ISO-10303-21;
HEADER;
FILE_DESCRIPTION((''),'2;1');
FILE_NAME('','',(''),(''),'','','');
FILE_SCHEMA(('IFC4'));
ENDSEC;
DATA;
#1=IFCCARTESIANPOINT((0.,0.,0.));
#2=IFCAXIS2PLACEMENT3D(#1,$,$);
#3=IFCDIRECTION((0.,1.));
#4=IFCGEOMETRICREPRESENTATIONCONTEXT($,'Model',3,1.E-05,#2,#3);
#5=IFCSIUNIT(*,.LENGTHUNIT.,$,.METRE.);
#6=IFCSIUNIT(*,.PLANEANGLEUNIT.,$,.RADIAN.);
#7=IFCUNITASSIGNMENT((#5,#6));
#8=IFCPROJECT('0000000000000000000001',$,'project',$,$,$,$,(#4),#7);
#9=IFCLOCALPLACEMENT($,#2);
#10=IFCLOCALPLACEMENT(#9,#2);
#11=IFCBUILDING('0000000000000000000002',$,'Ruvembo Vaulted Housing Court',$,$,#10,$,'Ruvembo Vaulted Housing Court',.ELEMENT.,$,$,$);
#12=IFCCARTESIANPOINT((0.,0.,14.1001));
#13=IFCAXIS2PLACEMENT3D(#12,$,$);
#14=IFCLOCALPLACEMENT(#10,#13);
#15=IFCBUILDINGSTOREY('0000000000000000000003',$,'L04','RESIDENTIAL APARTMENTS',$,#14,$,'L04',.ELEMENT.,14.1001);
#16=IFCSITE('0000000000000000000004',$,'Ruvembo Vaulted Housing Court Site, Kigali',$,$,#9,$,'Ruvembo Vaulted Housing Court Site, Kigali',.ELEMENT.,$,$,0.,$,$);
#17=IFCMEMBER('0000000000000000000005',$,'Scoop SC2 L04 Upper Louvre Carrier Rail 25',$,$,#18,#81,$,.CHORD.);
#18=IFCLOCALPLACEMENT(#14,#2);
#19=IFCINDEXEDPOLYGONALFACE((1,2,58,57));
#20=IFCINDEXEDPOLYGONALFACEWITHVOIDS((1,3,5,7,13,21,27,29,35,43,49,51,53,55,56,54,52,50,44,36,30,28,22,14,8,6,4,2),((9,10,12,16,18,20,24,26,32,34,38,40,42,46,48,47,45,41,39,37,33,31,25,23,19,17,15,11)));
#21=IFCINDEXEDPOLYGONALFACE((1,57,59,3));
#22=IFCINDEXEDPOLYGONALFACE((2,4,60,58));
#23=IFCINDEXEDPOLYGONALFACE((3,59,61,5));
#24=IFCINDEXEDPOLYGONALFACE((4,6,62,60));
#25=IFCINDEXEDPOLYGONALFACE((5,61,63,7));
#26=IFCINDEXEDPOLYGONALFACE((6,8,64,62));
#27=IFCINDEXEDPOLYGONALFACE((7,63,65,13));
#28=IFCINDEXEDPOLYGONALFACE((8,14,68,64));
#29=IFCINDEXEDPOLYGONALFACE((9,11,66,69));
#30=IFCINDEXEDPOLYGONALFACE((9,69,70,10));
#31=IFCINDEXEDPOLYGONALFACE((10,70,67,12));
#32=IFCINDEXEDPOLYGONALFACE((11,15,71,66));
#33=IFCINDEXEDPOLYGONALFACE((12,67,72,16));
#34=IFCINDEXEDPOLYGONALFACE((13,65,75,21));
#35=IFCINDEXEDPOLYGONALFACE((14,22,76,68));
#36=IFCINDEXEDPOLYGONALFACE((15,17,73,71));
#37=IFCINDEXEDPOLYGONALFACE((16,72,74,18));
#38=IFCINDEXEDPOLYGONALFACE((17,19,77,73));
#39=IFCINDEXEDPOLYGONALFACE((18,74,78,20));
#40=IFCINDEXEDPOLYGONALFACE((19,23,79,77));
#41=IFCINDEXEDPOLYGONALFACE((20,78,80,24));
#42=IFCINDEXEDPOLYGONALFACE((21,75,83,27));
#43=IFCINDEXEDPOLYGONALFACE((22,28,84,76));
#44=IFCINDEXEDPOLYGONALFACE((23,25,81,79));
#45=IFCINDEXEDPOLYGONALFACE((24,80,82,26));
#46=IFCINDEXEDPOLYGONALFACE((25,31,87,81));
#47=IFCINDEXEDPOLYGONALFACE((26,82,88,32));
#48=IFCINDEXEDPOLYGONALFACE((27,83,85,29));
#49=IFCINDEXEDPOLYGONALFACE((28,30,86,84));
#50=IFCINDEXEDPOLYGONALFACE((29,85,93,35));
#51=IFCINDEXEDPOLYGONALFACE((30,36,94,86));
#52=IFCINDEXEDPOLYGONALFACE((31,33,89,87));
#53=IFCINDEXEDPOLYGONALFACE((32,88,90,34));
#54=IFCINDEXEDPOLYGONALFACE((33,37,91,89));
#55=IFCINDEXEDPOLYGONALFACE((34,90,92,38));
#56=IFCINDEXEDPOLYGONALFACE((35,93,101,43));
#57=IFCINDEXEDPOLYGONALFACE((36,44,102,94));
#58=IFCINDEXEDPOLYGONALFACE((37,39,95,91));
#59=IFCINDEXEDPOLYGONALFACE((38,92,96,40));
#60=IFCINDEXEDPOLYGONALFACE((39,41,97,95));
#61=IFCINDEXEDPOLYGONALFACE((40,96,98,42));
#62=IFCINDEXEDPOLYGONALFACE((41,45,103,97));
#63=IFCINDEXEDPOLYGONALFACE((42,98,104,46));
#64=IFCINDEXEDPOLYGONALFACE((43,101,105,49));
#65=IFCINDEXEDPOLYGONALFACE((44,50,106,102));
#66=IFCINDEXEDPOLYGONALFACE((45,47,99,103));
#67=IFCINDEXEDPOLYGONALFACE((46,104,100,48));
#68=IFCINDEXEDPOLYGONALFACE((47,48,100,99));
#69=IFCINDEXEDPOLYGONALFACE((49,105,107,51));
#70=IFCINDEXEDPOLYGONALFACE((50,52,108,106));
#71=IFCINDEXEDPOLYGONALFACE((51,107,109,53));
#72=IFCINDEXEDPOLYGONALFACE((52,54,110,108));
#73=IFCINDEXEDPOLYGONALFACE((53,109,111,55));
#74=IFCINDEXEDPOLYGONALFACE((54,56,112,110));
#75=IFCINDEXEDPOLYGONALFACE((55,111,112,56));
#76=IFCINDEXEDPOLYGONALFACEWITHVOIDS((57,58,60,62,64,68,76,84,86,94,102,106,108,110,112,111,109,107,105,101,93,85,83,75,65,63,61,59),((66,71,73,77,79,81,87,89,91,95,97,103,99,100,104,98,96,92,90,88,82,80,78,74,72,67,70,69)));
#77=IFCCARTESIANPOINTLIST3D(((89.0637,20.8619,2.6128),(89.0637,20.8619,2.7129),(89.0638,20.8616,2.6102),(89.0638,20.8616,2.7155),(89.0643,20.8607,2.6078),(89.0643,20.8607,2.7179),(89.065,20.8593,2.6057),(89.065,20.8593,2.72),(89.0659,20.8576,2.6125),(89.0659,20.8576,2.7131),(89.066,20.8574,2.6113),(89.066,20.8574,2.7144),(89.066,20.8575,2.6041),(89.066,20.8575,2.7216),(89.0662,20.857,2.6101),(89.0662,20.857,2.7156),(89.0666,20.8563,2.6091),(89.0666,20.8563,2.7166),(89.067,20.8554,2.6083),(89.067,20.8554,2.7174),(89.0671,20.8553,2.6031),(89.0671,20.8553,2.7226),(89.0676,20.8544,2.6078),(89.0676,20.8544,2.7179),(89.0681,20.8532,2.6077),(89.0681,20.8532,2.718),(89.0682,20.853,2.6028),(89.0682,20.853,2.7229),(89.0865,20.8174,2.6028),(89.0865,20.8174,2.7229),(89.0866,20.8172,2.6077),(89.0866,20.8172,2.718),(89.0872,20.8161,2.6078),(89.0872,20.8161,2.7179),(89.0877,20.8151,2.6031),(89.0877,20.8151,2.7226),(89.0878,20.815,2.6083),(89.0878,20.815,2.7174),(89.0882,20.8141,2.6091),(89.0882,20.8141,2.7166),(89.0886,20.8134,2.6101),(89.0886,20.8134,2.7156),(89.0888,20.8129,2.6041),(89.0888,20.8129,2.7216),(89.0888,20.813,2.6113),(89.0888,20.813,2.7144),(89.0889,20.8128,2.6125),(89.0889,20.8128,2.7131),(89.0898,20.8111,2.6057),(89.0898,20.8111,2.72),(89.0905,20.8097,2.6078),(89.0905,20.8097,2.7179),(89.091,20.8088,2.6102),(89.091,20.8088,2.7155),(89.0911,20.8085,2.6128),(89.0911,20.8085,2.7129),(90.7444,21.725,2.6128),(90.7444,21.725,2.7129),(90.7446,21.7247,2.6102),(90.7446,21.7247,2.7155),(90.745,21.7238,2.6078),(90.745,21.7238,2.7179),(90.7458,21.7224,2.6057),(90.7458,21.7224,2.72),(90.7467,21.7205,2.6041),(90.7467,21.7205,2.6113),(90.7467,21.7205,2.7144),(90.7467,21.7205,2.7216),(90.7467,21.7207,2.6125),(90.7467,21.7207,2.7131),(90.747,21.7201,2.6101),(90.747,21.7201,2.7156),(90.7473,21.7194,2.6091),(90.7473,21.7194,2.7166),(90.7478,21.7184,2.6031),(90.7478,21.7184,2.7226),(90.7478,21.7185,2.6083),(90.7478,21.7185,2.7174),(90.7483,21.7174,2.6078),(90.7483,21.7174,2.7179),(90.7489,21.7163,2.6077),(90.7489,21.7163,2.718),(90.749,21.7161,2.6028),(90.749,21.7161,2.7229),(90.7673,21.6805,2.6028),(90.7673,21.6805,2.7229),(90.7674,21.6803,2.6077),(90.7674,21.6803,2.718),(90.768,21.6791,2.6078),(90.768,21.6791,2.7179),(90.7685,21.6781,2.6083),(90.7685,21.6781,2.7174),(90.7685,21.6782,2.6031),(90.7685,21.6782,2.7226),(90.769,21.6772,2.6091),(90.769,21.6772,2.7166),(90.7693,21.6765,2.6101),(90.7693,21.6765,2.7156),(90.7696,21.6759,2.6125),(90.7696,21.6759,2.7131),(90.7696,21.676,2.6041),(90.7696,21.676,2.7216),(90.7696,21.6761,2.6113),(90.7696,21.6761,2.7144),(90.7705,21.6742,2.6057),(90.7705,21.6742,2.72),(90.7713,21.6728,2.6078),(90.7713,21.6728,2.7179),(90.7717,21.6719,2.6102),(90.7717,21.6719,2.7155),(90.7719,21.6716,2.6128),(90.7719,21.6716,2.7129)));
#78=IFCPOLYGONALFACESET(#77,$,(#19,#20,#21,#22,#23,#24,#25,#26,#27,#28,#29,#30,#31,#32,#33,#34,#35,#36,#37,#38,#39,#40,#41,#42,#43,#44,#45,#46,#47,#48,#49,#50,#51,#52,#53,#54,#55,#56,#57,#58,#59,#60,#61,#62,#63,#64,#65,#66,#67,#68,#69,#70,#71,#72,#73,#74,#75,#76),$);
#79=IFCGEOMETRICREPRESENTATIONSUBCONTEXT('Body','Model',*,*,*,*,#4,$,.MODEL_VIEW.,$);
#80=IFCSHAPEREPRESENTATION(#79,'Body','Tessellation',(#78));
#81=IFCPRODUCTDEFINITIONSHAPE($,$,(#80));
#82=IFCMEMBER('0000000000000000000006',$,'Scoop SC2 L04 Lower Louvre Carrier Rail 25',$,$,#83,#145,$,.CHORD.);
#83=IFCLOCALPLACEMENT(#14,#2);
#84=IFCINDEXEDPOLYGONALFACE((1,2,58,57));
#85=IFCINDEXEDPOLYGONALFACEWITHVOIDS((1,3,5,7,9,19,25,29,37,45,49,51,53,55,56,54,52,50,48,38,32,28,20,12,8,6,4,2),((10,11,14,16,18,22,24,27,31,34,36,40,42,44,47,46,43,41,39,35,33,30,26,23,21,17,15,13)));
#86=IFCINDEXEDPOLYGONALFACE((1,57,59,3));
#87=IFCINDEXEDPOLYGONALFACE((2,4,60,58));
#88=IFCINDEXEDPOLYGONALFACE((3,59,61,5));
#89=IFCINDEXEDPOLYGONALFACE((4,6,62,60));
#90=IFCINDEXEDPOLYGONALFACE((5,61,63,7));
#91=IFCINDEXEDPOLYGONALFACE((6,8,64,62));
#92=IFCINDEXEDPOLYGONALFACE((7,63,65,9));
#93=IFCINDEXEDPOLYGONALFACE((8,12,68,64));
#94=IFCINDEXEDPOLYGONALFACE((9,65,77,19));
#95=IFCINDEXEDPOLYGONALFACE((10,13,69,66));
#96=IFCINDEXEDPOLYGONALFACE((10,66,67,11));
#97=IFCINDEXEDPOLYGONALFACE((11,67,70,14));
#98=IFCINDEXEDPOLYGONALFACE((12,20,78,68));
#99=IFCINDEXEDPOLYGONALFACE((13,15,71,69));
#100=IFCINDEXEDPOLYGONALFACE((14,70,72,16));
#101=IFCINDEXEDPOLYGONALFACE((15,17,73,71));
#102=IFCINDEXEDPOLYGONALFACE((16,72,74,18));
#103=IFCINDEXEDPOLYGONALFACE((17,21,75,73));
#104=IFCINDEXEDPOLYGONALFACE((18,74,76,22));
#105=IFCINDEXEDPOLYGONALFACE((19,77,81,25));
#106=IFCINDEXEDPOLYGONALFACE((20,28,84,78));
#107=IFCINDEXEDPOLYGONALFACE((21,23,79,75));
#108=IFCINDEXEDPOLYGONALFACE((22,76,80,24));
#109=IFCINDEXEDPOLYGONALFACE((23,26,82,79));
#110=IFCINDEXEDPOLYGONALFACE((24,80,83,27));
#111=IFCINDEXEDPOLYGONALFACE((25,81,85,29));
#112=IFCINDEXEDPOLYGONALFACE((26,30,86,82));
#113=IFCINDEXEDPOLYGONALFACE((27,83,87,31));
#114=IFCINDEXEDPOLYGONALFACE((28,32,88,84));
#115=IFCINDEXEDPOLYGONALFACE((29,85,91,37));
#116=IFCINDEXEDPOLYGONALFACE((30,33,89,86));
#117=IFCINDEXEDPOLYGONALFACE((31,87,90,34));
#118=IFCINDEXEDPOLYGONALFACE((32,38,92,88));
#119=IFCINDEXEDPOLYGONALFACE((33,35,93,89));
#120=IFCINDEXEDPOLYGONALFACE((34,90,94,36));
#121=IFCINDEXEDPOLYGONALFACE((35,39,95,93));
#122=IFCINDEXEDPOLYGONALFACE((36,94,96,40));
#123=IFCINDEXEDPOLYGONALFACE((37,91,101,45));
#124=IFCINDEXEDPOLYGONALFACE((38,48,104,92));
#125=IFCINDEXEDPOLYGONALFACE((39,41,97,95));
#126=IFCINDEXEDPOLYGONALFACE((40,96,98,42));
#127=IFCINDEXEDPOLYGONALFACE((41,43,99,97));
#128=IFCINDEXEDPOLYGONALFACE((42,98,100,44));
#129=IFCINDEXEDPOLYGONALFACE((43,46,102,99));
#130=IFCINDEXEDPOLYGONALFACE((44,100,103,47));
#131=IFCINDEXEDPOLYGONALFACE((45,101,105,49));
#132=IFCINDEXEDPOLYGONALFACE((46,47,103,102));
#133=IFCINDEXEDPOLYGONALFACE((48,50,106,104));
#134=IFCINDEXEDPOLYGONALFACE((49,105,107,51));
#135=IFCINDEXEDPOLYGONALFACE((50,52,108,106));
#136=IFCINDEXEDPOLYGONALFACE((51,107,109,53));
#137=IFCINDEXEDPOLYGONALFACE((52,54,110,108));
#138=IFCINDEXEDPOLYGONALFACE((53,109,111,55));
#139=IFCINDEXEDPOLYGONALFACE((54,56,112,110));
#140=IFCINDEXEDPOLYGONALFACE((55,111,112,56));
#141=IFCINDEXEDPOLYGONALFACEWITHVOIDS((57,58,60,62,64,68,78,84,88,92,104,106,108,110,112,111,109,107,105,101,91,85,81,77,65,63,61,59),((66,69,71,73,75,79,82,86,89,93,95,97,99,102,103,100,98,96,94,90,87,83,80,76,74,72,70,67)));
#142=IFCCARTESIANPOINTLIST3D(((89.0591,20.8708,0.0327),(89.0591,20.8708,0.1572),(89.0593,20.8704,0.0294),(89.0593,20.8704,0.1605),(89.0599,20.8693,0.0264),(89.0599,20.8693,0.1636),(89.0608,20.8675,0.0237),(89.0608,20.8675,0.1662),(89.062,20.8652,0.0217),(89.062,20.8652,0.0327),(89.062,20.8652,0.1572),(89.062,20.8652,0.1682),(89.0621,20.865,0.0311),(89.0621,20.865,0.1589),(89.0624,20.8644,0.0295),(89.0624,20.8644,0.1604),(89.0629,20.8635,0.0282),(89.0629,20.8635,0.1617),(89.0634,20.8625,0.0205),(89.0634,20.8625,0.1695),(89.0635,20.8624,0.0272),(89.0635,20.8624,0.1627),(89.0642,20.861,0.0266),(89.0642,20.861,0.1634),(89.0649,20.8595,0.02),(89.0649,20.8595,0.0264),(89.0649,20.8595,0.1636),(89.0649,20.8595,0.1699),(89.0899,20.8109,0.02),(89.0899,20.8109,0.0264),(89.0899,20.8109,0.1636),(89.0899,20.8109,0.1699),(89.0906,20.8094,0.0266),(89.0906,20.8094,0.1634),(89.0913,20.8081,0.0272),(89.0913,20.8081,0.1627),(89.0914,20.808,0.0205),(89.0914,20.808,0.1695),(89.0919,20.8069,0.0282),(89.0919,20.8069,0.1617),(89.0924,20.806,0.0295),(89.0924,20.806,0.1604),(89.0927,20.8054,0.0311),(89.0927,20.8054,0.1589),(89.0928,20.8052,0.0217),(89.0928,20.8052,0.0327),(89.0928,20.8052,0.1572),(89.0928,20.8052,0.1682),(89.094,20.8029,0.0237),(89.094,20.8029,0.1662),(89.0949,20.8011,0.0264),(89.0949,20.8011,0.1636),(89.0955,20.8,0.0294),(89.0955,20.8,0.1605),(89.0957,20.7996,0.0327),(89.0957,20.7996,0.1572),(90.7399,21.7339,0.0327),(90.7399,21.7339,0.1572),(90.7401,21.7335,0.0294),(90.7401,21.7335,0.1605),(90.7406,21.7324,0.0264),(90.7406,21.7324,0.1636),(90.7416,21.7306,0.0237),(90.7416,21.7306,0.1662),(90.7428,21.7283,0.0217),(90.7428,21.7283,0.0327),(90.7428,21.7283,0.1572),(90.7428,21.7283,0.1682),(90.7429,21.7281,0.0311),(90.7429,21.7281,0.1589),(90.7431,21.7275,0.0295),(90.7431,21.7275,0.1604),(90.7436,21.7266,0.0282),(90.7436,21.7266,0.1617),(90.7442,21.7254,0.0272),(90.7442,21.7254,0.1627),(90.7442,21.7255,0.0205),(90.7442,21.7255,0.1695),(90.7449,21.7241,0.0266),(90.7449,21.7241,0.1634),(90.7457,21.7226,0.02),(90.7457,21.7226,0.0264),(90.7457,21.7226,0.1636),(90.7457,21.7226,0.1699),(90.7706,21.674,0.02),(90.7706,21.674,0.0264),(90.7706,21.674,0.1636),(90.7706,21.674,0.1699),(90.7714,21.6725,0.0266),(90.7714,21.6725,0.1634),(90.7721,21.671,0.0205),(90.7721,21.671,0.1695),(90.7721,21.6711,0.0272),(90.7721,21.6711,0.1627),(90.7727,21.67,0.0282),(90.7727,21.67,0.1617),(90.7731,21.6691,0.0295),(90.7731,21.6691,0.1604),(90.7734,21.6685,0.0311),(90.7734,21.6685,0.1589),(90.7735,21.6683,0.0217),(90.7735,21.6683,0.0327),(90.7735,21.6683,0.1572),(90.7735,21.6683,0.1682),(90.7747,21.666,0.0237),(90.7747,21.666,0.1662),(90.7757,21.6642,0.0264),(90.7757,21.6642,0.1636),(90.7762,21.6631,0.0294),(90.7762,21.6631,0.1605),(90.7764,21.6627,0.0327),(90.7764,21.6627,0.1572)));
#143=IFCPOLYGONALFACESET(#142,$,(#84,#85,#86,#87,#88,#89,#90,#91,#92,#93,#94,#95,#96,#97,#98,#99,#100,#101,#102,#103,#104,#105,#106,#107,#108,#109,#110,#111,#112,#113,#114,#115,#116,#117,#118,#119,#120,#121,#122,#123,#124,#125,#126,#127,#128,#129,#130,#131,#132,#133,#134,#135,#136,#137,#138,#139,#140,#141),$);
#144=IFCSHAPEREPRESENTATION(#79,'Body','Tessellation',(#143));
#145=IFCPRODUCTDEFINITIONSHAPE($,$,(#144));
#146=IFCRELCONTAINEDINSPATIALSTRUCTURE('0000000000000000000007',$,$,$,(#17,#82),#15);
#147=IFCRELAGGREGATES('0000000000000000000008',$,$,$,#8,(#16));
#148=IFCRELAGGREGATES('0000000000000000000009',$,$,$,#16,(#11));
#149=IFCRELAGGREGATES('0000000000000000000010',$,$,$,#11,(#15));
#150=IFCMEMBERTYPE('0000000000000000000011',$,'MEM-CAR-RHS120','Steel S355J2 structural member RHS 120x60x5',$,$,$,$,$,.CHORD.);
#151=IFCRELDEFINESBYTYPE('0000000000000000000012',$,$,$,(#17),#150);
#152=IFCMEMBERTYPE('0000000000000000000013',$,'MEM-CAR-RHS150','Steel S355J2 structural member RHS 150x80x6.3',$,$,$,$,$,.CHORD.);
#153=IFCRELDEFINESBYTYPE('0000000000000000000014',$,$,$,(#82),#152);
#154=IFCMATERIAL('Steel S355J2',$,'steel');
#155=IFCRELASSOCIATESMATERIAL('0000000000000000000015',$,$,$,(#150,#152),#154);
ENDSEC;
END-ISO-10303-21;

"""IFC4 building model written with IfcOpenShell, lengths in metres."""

from ifc_helpers import new_model, si_unit, direction, frame, origin, origin_2d, place, context, subcontext, project, spatial, hollow_rectangle, extrude, material, material_profile, profile_set, type_object, element, save


model = new_model("IFC4")

# Units and contexts
model_context = context("Model", 3, precision=1e-05, world=origin(), true_north=direction((0.0, 1.0)))
body_context = subcontext(model_context, "Body", "Model", "MODEL_VIEW")
ifc_project = project(units=[si_unit("LENGTHUNIT", "METRE"), si_unit("PLANEANGLEUNIT", "RADIAN")], contexts=[model_context])

# Site, building, storey
site_placement = place(None, origin())
site = spatial("IfcSite", under=ifc_project, at=site_placement, Name="Ruvembo Vaulted Housing Court Site, Kigali", LongName="Ruvembo Vaulted Housing Court Site, Kigali", CompositionType="ELEMENT", RefElevation=0.0)
building_placement = place(site_placement, origin())
building = spatial("IfcBuilding", under=site, at=building_placement, Name="Ruvembo Vaulted Housing Court", LongName="Ruvembo Vaulted Housing Court", CompositionType="ELEMENT")
storey_placement = place(building_placement, frame((0.0, 0.0, 14.1001)))
storey = spatial("IfcBuildingStorey", under=building, at=storey_placement, Name="L04", Description="RESIDENTIAL APARTMENTS", LongName="L04", CompositionType="ELEMENT", Elevation=14.1001)

# Shared definitions
ifc_material_1 = material(Name="Steel S355J2", Category="steel")

# Members
ifc_material_profile_1 = material_profile(ifc_material_1, hollow_rectangle(XDim=0.0601, YDim=0.1201, WallThickness=0.0049, InnerFilletRadius=0.0049, OuterFilletRadius=0.01, at=origin_2d()), Name="RHS 120x60x5")
ifc_profile_set_1 = profile_set([ifc_material_profile_1], Name="Steel S355J2")
member_type_1 = type_object("IfcMemberType", Name="MEM-CAR-RHS120", Description="Steel S355J2 structural member RHS 120x60x5", PredefinedType="CHORD", material=ifc_profile_set_1)
member_1_placement = place(storey_placement, frame((89.0774, 20.8352, 2.6628), z_axis=(0.889568, 0.456802, 0.0), x_axis=(-0.456802, 0.889568, 0.0)))
element("IfcMember", 1, at=member_1_placement, inside=storey, type_object=member_type_1, Name="Scoop SC2 L04 Upper Louvre Carrier Rail 25", PredefinedType="CHORD", context=body_context, shape_type="SweptSolid", body=[
    extrude(hollow_rectangle(XDim=0.0601, YDim=0.1201, WallThickness=0.0049, InnerFilletRadius=0.0049, OuterFilletRadius=0.01, at=origin_2d()), origin(), (0.0, 0.0, 1.0), 1.8894),
])
ifc_material_profile_2 = material_profile(ifc_material_1, hollow_rectangle(XDim=0.0801, YDim=0.1499, WallThickness=0.0063, InnerFilletRadius=0.0063, OuterFilletRadius=0.0127, at=origin_2d()), Name="RHS 150x80x6.3")
ifc_profile_set_2 = profile_set([ifc_material_profile_2], Name="Steel S355J2")
member_type_2 = type_object("IfcMemberType", Name="MEM-CAR-RHS150", Description="Steel S355J2 structural member RHS 150x80x6.3", PredefinedType="CHORD", material=ifc_profile_set_2)
member_2_placement = place(storey_placement, frame((89.0774, 20.8352, 0.095), z_axis=(0.889568, 0.456802, 0.0), x_axis=(-0.456802, 0.889568, 0.0)))
element("IfcMember", 2, at=member_2_placement, inside=storey, type_object=member_type_2, Name="Scoop SC2 L04 Lower Louvre Carrier Rail 25", PredefinedType="CHORD", context=body_context, shape_type="SweptSolid", body=[
    extrude(hollow_rectangle(XDim=0.0801, YDim=0.1499, WallThickness=0.0063, InnerFilletRadius=0.0063, OuterFilletRadius=0.0127, at=origin_2d()), origin(), (0.0, 0.0, 1.0), 1.8894),
])

save(model, "model.ifc")
